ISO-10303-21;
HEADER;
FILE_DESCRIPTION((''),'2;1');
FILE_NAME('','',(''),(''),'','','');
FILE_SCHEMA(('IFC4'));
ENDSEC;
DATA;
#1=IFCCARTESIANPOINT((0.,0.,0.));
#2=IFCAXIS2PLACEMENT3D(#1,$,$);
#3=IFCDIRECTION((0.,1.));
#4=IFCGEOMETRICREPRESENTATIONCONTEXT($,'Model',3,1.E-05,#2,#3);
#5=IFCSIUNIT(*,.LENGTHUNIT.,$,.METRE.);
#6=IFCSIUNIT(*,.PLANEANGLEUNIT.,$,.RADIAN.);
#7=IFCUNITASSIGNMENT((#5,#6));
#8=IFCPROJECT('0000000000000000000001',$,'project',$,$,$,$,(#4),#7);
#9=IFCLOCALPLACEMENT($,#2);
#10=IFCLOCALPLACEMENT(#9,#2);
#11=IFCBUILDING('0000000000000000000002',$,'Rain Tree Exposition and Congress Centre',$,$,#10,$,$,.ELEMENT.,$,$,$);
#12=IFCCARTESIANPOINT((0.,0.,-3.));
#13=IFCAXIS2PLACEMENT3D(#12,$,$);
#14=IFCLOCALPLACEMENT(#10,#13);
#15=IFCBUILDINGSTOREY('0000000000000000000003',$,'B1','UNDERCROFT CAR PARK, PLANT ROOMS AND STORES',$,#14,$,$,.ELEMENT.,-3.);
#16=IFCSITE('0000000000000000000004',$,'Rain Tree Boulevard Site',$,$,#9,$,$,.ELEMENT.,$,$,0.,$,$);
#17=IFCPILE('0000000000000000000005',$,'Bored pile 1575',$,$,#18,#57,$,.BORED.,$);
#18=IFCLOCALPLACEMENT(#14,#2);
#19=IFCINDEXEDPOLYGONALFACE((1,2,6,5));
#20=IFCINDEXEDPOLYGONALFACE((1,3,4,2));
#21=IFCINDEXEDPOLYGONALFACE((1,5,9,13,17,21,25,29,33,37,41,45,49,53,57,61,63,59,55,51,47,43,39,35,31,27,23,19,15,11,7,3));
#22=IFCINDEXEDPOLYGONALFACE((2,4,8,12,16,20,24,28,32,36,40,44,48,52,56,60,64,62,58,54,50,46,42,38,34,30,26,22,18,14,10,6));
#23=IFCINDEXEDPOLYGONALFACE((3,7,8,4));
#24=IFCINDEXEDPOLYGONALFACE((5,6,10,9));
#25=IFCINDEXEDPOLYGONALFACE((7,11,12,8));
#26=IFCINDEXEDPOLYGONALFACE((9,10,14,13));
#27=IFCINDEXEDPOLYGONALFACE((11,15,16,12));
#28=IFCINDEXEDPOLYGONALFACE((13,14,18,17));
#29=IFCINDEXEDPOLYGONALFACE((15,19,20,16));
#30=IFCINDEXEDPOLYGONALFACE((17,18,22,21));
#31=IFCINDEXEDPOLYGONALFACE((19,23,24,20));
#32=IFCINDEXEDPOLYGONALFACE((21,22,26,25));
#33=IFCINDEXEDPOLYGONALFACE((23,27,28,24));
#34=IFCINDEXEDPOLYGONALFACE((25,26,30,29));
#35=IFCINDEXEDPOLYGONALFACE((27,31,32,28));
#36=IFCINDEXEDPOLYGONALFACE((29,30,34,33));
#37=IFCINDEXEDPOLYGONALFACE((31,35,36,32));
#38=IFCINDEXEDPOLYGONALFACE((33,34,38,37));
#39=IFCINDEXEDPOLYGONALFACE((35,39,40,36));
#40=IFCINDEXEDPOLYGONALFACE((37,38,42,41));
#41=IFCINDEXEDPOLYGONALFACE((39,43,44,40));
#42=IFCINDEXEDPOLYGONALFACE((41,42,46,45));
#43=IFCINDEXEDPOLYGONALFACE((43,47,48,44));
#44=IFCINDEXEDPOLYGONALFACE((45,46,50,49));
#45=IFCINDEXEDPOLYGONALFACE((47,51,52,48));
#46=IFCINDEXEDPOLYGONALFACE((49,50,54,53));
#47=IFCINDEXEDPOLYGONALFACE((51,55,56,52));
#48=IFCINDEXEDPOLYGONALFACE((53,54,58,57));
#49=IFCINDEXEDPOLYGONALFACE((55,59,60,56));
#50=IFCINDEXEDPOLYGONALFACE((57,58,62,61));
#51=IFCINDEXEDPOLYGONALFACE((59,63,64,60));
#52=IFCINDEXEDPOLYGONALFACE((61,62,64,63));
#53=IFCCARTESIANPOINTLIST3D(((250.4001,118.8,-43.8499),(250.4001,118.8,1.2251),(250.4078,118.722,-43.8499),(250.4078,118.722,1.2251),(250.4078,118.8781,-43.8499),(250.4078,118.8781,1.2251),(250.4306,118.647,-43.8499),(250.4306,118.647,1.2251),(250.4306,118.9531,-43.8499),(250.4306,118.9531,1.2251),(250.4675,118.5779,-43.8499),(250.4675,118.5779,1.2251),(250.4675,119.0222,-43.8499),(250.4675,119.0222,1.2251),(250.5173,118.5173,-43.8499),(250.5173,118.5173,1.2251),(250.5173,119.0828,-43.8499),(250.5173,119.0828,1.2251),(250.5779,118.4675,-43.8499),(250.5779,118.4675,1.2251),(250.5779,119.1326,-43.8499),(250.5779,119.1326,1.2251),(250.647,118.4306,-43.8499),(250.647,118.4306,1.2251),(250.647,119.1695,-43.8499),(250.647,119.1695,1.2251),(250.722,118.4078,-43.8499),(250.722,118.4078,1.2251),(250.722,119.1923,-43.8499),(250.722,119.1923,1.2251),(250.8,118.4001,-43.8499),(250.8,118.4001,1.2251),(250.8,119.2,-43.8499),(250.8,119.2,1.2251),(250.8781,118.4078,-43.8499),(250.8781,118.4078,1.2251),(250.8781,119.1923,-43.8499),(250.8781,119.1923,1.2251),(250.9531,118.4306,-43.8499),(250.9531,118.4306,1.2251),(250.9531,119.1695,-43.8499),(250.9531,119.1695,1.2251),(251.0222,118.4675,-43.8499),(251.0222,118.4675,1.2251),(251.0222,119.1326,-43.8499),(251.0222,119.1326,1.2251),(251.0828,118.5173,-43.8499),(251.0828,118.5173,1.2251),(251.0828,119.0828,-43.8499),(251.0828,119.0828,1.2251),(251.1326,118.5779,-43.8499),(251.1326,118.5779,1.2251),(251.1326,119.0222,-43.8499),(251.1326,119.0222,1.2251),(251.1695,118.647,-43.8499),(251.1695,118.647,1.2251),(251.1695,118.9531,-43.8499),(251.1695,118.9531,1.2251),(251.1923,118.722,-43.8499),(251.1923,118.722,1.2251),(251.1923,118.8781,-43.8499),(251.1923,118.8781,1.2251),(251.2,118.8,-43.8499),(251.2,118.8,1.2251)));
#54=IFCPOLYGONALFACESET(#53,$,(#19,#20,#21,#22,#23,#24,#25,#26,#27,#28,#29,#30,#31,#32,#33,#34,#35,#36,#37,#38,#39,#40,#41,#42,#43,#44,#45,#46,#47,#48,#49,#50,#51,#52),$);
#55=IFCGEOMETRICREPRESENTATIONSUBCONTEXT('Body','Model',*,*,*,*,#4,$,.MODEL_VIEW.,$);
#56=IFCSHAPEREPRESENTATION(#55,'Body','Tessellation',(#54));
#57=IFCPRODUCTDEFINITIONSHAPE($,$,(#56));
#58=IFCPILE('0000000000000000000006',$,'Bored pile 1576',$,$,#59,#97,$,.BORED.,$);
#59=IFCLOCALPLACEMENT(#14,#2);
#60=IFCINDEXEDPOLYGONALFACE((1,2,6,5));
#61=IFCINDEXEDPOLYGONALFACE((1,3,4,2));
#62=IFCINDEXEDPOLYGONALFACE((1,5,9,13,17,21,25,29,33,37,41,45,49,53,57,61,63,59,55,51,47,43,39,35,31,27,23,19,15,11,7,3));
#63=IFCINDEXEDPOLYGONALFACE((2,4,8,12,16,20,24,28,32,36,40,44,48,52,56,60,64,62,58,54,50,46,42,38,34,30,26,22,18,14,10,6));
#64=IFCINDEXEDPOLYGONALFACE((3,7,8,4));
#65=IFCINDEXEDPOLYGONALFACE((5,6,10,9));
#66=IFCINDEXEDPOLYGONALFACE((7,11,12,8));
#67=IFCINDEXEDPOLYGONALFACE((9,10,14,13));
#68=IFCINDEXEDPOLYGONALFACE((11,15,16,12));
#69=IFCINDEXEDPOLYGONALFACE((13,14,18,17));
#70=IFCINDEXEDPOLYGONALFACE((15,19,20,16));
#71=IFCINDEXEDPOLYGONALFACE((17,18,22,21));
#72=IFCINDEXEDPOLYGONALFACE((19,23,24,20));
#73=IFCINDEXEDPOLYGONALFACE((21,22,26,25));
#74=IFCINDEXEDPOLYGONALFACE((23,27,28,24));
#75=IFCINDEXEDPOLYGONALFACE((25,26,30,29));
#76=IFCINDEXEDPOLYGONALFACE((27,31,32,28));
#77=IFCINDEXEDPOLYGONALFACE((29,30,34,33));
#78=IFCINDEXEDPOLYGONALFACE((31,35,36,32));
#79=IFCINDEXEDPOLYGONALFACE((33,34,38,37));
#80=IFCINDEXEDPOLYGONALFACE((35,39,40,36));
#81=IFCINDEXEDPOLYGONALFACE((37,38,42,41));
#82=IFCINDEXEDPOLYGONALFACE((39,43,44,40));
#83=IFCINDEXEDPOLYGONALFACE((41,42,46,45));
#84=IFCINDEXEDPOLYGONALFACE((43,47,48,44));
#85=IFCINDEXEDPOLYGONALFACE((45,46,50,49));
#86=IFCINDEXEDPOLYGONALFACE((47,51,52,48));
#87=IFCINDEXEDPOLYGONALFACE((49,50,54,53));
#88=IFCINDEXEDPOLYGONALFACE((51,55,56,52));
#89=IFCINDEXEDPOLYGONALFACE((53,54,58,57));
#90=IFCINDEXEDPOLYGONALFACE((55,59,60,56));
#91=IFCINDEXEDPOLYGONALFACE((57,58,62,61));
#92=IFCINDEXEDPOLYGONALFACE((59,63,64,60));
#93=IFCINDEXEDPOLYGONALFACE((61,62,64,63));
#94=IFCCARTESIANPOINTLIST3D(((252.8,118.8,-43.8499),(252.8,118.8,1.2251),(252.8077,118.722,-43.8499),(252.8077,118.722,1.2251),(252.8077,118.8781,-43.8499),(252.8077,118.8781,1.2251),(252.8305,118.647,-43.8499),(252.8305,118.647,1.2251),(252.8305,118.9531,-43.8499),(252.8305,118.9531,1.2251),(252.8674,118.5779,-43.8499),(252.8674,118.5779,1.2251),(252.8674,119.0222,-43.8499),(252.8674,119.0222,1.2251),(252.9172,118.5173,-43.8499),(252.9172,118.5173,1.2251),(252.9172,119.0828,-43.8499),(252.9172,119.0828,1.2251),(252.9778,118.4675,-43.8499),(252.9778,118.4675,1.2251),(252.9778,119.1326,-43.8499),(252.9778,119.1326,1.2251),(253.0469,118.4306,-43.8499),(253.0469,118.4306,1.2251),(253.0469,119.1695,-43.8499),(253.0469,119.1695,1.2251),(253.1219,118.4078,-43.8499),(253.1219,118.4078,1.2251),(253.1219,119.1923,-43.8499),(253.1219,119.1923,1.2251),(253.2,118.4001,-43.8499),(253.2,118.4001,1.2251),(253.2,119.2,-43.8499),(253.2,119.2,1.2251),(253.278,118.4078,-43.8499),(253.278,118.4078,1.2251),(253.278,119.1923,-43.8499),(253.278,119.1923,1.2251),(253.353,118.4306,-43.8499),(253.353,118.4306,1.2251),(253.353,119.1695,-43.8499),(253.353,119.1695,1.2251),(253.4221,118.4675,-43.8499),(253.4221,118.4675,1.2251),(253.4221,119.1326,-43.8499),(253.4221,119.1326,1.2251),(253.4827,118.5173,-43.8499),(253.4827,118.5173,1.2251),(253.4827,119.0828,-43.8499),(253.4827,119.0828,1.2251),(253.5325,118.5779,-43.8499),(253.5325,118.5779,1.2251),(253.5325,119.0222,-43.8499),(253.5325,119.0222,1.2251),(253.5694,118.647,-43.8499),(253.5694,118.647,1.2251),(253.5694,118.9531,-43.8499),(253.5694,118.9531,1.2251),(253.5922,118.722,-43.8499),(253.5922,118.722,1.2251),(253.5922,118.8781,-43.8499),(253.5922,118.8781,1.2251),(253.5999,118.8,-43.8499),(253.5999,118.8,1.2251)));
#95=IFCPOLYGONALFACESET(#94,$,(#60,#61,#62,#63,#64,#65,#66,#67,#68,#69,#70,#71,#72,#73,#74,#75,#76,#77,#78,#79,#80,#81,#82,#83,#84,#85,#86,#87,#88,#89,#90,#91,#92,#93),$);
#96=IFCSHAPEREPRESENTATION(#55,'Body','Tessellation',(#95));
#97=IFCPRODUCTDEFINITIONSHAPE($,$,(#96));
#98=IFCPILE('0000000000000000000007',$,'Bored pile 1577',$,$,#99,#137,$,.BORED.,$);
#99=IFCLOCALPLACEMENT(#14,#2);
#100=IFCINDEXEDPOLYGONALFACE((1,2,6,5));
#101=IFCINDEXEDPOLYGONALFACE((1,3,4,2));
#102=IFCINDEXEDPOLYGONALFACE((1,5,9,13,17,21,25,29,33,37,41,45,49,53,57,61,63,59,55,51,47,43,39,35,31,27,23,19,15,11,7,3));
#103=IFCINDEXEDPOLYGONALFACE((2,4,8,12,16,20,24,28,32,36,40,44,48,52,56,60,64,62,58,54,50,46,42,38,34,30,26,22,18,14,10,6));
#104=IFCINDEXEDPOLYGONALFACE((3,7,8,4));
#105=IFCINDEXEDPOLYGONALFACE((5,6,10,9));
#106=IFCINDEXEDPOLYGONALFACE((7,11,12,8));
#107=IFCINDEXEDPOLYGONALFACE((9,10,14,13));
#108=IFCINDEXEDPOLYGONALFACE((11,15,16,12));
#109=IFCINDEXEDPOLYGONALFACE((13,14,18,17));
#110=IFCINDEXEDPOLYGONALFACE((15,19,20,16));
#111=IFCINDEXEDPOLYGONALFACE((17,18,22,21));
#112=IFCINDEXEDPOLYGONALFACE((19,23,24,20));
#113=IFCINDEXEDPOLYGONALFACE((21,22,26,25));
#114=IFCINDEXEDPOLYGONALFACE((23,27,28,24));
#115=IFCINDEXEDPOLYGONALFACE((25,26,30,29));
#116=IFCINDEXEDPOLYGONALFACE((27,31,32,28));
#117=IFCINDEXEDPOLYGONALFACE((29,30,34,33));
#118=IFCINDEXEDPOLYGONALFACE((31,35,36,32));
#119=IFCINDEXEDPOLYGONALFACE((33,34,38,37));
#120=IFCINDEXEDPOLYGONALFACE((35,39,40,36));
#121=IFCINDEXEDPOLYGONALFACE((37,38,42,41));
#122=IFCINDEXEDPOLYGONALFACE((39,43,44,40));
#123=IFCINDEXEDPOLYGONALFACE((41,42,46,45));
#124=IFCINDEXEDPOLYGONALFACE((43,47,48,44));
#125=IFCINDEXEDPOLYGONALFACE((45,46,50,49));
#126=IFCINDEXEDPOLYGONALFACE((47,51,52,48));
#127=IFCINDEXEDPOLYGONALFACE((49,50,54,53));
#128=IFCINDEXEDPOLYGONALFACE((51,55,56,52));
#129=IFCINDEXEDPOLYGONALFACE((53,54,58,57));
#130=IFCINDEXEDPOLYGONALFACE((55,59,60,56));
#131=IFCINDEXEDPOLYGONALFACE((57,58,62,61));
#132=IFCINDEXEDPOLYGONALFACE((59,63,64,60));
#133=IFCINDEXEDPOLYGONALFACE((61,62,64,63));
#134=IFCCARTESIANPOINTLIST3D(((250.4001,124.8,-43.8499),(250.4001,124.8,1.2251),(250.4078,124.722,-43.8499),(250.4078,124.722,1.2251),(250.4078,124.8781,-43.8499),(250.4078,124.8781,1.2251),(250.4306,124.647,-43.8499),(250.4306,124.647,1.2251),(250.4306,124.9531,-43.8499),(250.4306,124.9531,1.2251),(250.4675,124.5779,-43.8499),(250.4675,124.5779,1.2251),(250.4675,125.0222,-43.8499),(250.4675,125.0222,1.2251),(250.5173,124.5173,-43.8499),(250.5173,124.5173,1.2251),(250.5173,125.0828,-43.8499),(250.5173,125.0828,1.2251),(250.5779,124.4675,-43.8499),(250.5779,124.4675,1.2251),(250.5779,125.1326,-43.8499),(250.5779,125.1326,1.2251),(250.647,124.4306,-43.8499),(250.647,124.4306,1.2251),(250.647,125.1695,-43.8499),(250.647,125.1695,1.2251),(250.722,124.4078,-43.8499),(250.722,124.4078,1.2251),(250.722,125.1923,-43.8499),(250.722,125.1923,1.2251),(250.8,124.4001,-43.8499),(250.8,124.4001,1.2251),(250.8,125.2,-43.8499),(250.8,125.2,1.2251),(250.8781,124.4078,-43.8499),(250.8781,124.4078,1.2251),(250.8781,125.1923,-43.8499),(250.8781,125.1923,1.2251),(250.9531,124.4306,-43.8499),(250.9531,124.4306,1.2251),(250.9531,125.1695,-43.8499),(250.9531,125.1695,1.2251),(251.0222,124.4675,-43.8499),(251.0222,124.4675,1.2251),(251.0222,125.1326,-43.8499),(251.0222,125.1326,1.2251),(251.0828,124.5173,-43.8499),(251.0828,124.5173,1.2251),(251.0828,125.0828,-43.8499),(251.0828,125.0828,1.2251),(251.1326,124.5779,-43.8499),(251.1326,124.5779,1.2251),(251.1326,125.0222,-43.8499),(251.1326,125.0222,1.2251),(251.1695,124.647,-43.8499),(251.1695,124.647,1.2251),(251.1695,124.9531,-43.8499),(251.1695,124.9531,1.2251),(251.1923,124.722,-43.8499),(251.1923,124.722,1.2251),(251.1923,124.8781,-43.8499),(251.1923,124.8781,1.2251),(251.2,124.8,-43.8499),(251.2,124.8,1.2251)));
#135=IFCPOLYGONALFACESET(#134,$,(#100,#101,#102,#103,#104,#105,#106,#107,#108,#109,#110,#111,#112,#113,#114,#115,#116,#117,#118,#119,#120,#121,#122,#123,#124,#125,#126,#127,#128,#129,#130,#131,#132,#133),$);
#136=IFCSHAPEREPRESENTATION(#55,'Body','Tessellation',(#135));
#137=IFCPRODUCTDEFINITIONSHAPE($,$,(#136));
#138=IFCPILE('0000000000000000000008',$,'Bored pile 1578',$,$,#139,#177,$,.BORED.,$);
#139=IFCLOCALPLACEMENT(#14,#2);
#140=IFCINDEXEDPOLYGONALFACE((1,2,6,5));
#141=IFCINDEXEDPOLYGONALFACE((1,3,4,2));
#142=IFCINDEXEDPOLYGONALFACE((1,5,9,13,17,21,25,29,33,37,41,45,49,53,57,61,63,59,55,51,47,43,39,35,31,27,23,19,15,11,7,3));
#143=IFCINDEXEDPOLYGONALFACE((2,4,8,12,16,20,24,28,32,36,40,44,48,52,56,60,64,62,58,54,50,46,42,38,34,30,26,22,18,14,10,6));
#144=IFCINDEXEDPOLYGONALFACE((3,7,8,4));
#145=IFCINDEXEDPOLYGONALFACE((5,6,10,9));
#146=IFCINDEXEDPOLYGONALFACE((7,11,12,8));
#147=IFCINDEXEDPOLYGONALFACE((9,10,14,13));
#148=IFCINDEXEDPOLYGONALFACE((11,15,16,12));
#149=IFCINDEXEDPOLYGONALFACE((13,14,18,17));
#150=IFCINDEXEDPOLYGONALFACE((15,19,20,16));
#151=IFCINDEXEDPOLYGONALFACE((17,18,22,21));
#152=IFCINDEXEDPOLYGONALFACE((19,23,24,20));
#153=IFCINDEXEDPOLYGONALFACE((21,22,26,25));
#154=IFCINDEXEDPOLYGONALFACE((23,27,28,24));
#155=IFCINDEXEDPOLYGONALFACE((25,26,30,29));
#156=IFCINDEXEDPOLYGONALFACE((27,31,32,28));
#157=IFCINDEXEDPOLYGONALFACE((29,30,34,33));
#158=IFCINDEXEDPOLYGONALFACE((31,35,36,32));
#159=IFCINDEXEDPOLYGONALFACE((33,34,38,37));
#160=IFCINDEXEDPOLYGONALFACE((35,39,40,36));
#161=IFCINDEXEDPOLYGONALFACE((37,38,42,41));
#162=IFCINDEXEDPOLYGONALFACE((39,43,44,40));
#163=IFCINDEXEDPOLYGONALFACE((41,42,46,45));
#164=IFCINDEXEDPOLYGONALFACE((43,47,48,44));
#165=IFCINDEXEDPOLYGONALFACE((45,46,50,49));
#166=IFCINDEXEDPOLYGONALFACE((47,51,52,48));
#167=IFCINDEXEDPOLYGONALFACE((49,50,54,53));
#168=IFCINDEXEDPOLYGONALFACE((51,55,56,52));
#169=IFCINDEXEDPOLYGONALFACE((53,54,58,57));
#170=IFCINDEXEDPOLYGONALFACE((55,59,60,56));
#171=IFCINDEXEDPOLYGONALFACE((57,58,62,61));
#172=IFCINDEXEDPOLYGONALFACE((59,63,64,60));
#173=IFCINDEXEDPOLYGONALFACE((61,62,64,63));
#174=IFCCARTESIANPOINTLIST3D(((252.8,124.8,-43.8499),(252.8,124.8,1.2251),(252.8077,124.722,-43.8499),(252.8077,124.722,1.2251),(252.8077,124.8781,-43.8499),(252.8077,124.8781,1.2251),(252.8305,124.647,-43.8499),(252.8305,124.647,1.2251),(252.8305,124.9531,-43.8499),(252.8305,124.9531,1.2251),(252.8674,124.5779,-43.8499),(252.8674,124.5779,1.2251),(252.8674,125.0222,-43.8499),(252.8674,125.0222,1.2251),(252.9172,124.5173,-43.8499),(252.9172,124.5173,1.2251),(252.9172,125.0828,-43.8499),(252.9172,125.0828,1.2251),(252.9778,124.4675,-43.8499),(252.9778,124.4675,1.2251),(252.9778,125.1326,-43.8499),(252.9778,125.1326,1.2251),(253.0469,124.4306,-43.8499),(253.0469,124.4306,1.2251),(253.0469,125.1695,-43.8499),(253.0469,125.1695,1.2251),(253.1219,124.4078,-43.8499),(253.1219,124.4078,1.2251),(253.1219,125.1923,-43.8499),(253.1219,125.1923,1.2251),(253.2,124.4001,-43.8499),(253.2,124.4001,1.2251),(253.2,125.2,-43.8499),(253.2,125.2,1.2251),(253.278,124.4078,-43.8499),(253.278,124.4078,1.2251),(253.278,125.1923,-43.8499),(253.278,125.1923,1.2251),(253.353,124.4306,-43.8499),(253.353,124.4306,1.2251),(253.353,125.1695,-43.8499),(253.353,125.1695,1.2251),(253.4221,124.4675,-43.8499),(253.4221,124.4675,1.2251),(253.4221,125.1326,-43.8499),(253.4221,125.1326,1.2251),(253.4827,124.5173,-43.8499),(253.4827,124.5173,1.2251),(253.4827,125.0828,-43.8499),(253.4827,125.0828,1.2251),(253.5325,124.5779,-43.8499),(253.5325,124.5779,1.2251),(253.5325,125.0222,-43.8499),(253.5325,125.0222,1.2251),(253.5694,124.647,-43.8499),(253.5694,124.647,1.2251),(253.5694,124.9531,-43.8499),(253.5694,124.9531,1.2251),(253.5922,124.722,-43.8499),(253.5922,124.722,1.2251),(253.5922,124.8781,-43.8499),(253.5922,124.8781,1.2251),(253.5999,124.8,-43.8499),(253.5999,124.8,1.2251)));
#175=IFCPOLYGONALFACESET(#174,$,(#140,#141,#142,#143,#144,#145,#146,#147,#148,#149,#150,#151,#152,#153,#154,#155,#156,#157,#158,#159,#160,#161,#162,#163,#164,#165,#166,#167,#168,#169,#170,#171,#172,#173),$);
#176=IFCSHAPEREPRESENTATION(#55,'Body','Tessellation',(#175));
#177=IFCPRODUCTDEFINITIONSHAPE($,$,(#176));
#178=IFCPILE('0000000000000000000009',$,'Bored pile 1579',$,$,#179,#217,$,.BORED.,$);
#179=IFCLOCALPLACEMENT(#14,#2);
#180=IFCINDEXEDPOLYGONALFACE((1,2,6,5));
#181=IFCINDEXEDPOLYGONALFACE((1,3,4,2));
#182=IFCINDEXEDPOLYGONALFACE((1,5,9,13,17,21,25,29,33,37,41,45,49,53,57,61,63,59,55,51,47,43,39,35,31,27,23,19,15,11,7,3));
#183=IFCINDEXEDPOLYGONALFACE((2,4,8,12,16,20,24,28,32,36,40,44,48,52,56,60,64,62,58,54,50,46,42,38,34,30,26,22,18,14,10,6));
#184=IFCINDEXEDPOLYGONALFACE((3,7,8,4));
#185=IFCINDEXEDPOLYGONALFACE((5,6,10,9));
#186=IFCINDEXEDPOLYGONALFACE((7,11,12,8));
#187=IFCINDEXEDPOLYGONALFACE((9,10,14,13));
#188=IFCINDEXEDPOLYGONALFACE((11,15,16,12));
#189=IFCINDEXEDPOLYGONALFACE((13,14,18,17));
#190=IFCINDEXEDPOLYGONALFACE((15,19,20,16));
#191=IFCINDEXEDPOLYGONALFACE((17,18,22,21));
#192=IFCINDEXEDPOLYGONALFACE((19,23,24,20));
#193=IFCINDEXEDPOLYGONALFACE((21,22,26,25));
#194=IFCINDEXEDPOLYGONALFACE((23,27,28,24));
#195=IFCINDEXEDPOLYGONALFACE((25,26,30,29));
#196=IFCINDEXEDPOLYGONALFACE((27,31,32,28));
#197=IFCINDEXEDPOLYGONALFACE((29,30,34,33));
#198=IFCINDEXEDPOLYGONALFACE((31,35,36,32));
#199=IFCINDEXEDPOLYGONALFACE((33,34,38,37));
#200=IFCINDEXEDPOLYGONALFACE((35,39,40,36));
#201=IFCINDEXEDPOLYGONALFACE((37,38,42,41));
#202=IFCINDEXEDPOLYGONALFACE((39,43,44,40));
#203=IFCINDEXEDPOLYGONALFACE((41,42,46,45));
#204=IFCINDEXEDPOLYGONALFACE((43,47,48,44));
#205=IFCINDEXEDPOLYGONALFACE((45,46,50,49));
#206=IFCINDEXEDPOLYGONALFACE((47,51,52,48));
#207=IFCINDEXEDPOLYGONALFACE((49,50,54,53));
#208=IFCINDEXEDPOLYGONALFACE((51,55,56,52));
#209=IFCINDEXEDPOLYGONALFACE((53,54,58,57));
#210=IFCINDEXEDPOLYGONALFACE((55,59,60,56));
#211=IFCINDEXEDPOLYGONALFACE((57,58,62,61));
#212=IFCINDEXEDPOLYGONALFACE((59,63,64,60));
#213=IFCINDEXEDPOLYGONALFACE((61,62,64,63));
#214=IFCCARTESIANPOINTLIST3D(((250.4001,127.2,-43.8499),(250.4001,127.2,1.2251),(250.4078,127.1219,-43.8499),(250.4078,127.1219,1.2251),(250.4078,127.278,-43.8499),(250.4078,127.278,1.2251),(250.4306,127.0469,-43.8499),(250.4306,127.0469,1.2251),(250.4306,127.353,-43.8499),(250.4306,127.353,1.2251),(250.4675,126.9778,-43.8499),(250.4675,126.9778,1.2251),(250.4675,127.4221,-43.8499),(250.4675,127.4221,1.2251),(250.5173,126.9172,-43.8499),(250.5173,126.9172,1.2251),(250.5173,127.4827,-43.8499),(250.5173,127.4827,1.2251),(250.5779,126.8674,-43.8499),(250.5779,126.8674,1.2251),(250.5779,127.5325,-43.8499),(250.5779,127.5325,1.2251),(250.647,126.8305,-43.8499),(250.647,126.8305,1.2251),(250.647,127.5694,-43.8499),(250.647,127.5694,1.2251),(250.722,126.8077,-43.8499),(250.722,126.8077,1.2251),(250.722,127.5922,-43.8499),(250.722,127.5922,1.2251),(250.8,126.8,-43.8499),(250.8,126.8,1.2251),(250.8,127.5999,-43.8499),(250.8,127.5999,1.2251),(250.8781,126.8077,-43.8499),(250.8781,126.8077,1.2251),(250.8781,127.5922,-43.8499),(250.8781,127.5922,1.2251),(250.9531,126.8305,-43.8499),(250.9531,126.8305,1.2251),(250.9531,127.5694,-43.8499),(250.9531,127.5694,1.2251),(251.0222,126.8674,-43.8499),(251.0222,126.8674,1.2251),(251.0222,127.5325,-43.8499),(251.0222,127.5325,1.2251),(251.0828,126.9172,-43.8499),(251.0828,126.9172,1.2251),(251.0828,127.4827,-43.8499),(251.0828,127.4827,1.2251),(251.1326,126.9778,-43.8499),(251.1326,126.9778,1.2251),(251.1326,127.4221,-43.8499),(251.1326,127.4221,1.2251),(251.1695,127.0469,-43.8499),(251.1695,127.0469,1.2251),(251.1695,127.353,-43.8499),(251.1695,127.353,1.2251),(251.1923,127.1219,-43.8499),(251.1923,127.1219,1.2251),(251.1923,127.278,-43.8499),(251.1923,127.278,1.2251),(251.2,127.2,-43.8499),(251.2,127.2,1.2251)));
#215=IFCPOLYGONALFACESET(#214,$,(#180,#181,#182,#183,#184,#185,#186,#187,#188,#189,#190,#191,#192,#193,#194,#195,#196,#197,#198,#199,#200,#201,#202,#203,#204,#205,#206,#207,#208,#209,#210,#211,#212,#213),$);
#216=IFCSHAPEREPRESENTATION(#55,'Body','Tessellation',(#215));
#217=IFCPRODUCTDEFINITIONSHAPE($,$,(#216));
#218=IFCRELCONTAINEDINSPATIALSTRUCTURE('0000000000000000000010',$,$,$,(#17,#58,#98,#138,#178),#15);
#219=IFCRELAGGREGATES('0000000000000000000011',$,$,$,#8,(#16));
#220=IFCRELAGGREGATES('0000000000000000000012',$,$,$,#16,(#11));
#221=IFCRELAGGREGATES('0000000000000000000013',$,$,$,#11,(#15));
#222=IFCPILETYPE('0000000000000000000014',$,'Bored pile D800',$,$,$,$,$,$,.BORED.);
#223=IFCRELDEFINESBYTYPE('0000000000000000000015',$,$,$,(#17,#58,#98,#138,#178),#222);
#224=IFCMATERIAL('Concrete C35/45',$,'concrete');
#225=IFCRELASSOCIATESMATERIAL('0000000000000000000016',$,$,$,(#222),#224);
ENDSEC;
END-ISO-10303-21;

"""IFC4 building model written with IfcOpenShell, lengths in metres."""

from ifc_helpers import new_model, si_unit, direction, frame, origin, origin_2d, place, context, subcontext, project, spatial, circle, extrude, material, material_profile, profile_set, type_object, element, save


model = new_model("IFC4")

# Units and contexts
model_context = context("Model", 3, precision=1e-05, world=origin(), true_north=direction((0.0, 1.0)))
body_context = subcontext(model_context, "Body", "Model", "MODEL_VIEW")
ifc_project = project(units=[si_unit("LENGTHUNIT", "METRE"), si_unit("PLANEANGLEUNIT", "RADIAN")], contexts=[model_context])

# Site, building, storey
site_placement = place(None, origin())
site = spatial("IfcSite", under=ifc_project, at=site_placement, Name="Rain Tree Boulevard Site", CompositionType="ELEMENT", RefElevation=0.0)
building_placement = place(site_placement, origin())
building = spatial("IfcBuilding", under=site, at=building_placement, Name="Rain Tree Exposition and Congress Centre", CompositionType="ELEMENT")
storey_placement = place(building_placement, frame((0.0, 0.0, -3.0)))
storey = spatial("IfcBuildingStorey", under=building, at=storey_placement, Name="B1", Description="UNDERCROFT CAR PARK, PLANT ROOMS AND STORES", CompositionType="ELEMENT", Elevation=-3.0)

# Piles
ifc_material_1 = material(Name="Concrete C35/45", Category="concrete")
ifc_material_profile_1 = material_profile(ifc_material_1, circle(Radius=0.3999, at=origin_2d()), Name="D800")
ifc_profile_set_1 = profile_set([ifc_material_profile_1], Name="Concrete C35/45")
pile_type_1 = type_object("IfcPileType", Name="Bored pile D800", PredefinedType="BORED", material=ifc_profile_set_1)
for number, where, z_axis, x_axis, name in (
    (1, (250.8, 118.8, 1.2251), (0.0, 0.0, -1.0), (1.0, 0.0, 0.0), "Bored pile 1575"),
    (2, (253.2, 118.8, 1.2251), (0.0, 0.0, -1.0), (1.0, 0.0, 0.0), "Bored pile 1576"),
    (3, (250.8, 124.8, 1.2251), (0.0, 0.0, -1.0), (1.0, 0.0, 0.0), "Bored pile 1577"),
    (4, (253.2, 124.8, 1.2251), (0.0, 0.0, -1.0), (1.0, 0.0, 0.0), "Bored pile 1578"),
    (5, (250.8, 127.2, 1.2251), (0.0, 0.0, -1.0), (1.0, 0.0, 0.0), "Bored pile 1579"),
):
    element("IfcPile", number, at=place(storey_placement, frame(where, z_axis=z_axis, x_axis=x_axis)), inside=storey, type_object=pile_type_1, Name=name, PredefinedType="BORED", context=body_context, shape_type="SweptSolid", body=[
        extrude(circle(Radius=0.3999, at=origin_2d()), origin(), (0.0, 0.0, 1.0), 45.075),
    ])

save(model, "model.ifc")
